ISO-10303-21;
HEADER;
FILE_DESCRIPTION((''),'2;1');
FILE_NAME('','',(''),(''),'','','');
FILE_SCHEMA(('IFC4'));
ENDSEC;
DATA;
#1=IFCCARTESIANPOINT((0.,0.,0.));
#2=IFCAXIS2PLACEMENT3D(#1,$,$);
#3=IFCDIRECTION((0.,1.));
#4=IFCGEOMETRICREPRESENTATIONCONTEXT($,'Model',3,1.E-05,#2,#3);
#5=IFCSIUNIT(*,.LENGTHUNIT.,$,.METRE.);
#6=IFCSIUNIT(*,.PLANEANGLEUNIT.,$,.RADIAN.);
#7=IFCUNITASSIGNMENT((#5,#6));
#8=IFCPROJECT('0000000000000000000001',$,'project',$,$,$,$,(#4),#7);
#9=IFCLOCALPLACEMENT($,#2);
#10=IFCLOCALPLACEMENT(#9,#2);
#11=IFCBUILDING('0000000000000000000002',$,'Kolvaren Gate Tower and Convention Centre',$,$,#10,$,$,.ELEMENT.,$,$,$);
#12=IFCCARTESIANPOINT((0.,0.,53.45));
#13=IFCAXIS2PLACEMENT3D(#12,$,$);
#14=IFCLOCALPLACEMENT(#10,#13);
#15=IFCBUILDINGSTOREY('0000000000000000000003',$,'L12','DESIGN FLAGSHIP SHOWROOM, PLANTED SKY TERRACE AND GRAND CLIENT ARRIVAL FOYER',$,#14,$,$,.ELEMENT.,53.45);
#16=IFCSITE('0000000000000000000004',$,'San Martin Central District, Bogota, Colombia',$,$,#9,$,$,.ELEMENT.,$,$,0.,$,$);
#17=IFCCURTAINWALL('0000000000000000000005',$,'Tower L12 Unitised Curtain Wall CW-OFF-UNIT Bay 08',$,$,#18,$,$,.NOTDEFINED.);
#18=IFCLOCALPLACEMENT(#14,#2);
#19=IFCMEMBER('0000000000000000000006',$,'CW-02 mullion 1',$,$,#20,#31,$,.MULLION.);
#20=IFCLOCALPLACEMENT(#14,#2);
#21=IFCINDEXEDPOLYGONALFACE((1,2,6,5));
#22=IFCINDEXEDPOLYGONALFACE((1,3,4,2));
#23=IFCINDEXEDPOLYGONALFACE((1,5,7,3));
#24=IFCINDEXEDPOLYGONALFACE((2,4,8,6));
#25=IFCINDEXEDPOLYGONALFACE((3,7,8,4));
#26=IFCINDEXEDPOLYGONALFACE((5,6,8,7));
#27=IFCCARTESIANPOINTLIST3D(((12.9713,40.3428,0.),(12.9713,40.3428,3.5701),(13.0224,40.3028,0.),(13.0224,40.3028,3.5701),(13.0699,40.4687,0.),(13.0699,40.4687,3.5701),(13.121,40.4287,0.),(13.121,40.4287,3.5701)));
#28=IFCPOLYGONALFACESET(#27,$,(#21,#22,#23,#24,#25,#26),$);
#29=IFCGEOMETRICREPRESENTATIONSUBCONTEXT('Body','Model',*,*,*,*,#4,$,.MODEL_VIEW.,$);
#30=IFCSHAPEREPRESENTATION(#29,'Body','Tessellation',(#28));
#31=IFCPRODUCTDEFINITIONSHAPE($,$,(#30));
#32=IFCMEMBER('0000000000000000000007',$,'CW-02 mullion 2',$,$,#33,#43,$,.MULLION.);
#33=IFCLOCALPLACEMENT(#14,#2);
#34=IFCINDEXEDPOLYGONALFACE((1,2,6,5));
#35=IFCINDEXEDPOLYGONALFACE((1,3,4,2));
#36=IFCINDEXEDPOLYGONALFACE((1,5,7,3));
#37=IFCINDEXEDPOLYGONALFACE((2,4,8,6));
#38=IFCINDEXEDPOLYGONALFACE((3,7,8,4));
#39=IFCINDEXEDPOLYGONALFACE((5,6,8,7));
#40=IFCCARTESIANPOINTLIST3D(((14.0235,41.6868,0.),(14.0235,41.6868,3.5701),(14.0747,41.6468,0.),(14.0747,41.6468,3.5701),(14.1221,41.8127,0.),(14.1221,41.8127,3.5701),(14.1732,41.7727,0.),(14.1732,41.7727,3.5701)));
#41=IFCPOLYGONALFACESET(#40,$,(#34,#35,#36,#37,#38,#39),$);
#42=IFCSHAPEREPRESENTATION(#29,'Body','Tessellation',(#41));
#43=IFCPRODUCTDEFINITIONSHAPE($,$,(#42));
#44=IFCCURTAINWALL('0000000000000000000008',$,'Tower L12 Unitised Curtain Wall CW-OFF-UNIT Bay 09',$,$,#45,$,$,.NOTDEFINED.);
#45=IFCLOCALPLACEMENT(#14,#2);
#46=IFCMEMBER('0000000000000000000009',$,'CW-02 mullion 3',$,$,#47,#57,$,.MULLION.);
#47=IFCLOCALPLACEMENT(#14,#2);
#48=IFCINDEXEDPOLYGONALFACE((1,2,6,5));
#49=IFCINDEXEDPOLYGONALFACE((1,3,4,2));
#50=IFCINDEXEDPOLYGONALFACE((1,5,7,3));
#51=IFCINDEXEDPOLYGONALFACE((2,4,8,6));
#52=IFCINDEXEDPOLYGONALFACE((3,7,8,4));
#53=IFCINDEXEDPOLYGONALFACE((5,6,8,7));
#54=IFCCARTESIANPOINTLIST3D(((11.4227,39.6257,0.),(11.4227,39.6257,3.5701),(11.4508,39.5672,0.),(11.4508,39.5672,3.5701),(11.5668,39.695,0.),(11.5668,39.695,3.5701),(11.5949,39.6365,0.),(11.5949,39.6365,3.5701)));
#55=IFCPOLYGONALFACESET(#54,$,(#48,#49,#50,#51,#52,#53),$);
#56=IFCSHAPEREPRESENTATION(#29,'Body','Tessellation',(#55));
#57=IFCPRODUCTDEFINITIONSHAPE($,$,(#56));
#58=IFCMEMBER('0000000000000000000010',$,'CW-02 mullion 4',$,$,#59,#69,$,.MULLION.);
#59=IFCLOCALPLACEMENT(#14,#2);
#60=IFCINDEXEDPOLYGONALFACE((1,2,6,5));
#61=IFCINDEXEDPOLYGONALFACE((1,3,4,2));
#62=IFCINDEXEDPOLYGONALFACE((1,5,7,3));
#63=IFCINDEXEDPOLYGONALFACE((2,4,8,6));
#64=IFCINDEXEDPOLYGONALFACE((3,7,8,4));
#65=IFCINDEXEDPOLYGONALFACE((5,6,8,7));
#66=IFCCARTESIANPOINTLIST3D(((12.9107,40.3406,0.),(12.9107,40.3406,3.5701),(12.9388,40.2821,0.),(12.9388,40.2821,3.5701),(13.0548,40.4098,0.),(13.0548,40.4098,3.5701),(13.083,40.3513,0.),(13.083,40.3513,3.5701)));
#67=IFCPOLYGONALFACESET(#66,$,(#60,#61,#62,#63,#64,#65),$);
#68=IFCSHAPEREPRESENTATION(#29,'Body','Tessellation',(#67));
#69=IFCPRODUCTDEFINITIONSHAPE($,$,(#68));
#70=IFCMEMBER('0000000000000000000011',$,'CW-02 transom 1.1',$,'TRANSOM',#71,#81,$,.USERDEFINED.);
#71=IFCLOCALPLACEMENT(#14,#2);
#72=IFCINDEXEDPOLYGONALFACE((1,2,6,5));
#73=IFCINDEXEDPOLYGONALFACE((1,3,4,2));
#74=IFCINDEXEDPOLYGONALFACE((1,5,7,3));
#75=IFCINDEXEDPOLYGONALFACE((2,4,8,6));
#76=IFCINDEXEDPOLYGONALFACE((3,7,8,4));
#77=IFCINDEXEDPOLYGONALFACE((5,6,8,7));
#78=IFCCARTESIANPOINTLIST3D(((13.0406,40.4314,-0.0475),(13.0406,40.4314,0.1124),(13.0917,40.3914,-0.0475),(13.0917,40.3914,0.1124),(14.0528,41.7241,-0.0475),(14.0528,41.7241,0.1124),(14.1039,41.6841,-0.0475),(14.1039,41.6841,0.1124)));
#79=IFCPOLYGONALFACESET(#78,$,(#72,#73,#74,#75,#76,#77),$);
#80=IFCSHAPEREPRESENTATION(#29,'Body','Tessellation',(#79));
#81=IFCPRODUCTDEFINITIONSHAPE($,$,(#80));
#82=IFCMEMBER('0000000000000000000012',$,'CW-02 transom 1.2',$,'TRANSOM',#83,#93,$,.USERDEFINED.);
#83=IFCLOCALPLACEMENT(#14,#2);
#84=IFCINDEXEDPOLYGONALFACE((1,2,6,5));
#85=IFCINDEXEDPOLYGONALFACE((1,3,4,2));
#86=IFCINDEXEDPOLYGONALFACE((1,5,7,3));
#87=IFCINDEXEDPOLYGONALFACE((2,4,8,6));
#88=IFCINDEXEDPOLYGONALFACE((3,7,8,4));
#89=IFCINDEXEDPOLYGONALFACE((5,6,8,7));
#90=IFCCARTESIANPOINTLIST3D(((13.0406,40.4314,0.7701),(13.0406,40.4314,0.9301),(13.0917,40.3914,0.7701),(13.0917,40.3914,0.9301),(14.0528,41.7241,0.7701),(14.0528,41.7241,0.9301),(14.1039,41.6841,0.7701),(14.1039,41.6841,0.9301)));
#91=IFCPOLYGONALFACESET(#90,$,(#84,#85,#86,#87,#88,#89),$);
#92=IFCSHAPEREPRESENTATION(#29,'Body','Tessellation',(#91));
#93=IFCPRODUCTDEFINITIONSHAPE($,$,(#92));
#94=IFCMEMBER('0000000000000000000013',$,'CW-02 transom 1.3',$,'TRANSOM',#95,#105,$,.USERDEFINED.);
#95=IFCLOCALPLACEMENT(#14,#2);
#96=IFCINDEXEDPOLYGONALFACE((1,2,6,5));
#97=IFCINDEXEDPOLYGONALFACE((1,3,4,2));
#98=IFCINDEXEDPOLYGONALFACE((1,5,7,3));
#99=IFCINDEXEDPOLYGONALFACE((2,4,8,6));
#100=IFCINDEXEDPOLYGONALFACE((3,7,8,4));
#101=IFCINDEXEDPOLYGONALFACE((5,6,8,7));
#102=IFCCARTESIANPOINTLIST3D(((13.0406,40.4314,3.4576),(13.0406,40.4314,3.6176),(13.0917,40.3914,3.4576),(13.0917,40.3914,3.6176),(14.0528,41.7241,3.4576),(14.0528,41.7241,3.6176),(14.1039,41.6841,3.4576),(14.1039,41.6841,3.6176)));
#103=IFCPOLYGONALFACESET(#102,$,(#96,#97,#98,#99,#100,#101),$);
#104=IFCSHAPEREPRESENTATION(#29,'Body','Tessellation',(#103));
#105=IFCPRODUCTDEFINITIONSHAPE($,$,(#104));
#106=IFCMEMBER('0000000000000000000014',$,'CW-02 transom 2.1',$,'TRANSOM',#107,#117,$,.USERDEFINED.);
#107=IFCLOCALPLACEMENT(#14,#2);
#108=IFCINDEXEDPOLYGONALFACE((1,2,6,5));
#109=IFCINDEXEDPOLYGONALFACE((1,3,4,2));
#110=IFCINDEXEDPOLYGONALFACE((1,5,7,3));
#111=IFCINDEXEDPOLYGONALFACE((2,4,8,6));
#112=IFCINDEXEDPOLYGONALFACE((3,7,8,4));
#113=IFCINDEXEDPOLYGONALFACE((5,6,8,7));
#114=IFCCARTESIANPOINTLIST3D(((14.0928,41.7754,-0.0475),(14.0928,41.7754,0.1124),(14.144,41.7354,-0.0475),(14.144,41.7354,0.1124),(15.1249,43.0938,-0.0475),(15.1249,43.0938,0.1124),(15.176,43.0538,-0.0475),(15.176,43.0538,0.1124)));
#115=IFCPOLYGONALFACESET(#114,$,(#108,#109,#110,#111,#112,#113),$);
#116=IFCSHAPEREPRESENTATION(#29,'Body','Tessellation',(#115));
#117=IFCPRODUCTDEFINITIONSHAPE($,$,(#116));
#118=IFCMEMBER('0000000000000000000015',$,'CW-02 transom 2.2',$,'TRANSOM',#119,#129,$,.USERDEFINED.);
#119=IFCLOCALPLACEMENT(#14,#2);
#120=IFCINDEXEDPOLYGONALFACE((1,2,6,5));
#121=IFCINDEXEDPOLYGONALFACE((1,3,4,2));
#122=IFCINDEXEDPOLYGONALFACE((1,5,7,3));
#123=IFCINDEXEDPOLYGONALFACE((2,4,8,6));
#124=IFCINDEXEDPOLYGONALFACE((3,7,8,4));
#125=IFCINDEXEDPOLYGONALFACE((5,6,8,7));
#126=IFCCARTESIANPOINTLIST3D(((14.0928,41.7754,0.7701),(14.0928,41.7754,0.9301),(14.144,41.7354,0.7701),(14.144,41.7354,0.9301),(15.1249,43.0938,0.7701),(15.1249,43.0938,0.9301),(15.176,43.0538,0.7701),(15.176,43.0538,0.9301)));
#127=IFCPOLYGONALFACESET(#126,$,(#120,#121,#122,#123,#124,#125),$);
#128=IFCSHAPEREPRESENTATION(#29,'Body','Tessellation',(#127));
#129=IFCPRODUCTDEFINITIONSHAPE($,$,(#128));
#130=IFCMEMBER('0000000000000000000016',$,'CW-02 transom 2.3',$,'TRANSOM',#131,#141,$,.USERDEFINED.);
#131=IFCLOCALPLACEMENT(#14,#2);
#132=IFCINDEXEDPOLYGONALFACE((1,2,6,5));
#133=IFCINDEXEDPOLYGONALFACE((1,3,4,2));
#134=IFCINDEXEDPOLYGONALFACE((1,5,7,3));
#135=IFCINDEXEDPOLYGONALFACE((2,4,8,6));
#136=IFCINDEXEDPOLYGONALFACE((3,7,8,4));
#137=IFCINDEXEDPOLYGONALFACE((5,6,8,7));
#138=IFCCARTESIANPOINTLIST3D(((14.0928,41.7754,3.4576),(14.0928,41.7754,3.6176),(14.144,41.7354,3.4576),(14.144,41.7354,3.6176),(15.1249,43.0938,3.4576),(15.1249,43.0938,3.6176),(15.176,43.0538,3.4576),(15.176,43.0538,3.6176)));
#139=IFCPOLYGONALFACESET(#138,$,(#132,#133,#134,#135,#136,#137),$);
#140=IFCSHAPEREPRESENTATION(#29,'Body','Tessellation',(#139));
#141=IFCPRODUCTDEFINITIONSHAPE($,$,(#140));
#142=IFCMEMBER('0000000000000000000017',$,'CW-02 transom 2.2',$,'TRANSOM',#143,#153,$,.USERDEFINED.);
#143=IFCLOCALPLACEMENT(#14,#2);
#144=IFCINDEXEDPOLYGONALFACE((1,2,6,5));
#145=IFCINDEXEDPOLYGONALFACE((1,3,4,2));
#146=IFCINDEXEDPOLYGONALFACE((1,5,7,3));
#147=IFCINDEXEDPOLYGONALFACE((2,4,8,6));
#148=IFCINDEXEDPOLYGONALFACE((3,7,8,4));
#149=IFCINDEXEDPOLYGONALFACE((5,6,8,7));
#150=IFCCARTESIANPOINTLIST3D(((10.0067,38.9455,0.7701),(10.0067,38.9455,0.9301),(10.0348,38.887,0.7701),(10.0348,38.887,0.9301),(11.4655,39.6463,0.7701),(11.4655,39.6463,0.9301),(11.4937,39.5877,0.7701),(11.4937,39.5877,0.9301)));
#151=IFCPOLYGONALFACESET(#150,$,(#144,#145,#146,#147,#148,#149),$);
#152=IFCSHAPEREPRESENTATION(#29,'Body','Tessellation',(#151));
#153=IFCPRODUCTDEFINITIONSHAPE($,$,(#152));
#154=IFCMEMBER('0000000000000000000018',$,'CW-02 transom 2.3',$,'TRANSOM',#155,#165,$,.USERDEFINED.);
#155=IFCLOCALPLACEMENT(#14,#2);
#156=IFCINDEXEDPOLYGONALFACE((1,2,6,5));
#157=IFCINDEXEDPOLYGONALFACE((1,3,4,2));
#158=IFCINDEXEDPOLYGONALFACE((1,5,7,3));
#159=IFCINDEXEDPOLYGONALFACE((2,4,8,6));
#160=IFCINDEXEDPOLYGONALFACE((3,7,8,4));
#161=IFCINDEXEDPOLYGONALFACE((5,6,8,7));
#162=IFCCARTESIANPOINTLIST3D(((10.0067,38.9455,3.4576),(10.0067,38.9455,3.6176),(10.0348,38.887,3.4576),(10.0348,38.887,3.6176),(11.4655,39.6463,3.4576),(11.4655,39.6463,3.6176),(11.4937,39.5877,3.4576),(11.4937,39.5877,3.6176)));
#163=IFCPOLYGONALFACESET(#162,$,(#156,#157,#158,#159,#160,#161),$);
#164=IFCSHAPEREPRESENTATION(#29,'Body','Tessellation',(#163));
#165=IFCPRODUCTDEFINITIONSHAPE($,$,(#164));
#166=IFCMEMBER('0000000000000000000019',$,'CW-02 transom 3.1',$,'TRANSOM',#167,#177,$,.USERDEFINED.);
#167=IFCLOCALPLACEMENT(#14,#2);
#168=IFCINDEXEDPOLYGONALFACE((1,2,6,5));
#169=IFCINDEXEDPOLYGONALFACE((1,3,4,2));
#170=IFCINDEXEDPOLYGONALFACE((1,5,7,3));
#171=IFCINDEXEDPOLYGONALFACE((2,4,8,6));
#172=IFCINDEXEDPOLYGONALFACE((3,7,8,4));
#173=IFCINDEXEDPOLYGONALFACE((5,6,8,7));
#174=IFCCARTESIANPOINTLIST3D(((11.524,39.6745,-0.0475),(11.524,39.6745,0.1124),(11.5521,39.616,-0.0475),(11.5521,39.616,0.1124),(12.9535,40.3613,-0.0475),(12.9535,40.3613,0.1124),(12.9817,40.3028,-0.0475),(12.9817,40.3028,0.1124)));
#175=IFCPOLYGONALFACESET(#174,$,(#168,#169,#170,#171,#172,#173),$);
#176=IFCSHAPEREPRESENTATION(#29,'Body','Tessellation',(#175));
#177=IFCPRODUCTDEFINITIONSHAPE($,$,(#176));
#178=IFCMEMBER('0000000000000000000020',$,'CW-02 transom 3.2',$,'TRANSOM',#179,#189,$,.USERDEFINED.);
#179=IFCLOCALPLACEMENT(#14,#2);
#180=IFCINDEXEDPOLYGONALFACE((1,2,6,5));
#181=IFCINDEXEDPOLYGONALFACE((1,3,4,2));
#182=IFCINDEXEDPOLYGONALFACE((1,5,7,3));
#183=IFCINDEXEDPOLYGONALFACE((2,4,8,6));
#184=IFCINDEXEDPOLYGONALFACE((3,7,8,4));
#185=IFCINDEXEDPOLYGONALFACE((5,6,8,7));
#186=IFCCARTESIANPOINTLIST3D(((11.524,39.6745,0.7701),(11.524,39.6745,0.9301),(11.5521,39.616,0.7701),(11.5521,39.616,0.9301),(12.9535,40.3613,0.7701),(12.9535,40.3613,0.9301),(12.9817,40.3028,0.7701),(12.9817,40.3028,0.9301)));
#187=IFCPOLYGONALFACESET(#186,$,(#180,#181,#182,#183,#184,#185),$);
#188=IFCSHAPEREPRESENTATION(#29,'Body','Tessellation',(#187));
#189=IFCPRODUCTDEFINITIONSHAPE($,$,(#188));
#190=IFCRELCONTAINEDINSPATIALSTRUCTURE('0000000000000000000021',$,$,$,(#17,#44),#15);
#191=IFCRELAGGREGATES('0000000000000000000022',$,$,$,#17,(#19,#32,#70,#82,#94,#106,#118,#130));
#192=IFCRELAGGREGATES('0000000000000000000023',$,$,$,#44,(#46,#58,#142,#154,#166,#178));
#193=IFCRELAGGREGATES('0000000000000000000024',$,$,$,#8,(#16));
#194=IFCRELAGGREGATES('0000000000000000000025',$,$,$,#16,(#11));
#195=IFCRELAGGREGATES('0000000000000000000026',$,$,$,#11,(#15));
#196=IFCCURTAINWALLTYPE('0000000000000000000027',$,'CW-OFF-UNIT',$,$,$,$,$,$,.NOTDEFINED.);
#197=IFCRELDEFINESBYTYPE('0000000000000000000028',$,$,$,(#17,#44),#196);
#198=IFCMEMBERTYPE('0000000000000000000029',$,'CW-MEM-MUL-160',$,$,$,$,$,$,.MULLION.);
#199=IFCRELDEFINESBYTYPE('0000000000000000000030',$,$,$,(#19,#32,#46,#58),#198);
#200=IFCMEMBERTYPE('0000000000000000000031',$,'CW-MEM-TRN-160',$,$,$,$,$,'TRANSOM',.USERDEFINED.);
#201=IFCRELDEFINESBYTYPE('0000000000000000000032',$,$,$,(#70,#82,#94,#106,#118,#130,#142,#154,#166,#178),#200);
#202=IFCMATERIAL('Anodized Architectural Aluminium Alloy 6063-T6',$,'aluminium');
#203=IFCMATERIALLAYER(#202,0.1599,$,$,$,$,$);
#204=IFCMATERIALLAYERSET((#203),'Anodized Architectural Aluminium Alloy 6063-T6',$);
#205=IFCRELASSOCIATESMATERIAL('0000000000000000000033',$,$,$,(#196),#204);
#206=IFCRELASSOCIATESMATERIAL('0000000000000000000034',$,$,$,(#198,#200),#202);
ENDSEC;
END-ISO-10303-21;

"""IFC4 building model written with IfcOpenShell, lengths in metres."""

from ifc_helpers import new_model, si_unit, direction, frame, origin, origin_2d, place, context, subcontext, project, spatial, rectangle, extrude, material, layer, layer_set, material_profile, profile_set, type_object, element, aggregate, save


model = new_model("IFC4")

# Units and contexts
model_context = context("Model", 3, precision=1e-05, world=origin(), true_north=direction((0.0, 1.0)))
body_context = subcontext(model_context, "Body", "Model", "MODEL_VIEW")
ifc_project = project(units=[si_unit("LENGTHUNIT", "METRE"), si_unit("PLANEANGLEUNIT", "RADIAN")], contexts=[model_context])

# Site, building, storey
site_placement = place(None, origin())
site = spatial("IfcSite", under=ifc_project, at=site_placement, Name="San Martin Central District, Bogota, Colombia", CompositionType="ELEMENT", RefElevation=0.0)
building_placement = place(site_placement, origin())
building = spatial("IfcBuilding", under=site, at=building_placement, Name="Kolvaren Gate Tower and Convention Centre", CompositionType="ELEMENT")
storey_placement = place(building_placement, frame((0.0, 0.0, 53.45)))
storey = spatial("IfcBuildingStorey", under=building, at=storey_placement, Name="L12", Description="DESIGN FLAGSHIP SHOWROOM, PLANTED SKY TERRACE AND GRAND CLIENT ARRIVAL FOYER", CompositionType="ELEMENT", Elevation=53.45)

# Curtain walls, members
ifc_material_1 = material(Name="Anodized Architectural Aluminium Alloy 6063-T6", Category="aluminium")
ifc_layer_1 = layer(ifc_material_1, 0.1599)
ifc_layer_set_1 = layer_set([ifc_layer_1], Name="Anodized Architectural Aluminium Alloy 6063-T6")
curtain_wall_type = type_object("IfcCurtainWallType", Name="CW-OFF-UNIT", PredefinedType="NOTDEFINED", material=ifc_layer_set_1)
curtain_wall_1_placement = place(storey_placement, origin())
curtain_wall_1 = element("IfcCurtainWall", 1, at=curtain_wall_1_placement, inside=storey, type_object=curtain_wall_type, Name="Tower L12 Unitised Curtain Wall CW-OFF-UNIT Bay 08", PredefinedType="NOTDEFINED")
ifc_material_profile_1 = material_profile(ifc_material_1, rectangle(XDim=0.0649, YDim=0.1599, at=origin_2d()), Name="CW-MEM-MUL-160")
ifc_profile_set_1 = profile_set([ifc_material_profile_1], Name="Anodized Architectural Aluminium Alloy 6063-T6")
member_type_1 = type_object("IfcMemberType", Name="CW-MEM-MUL-160", PredefinedType="MULLION", material=ifc_profile_set_1)
member_1_placement = place(storey_placement, frame((13.0461, 40.3857, 0.0), z_axis=(0.0, 0.0, 1.0), x_axis=(-0.787403, 0.616438, 0.0)))
member_1 = element("IfcMember", 2, at=member_1_placement, type_object=member_type_1, Name="CW-02 mullion 1", PredefinedType="MULLION", context=body_context, shape_type="SweptSolid", body=[
    extrude(rectangle(XDim=0.0649, YDim=0.1599, at=origin_2d()), origin(), (0.0, 0.0, 1.0), 3.5701),
])
member_2_placement = place(storey_placement, frame((14.0984, 41.7297, 0.0), z_axis=(0.0, 0.0, 1.0), x_axis=(-0.787403, 0.616438, 0.0)))
member_2 = element("IfcMember", 3, at=member_2_placement, type_object=member_type_1, Name="CW-02 mullion 2", PredefinedType="MULLION", context=body_context, shape_type="SweptSolid", body=[
    extrude(rectangle(XDim=0.0649, YDim=0.1599, at=origin_2d()), origin(), (0.0, 0.0, 1.0), 3.5701),
])
curtain_wall_2_placement = place(storey_placement, origin())
curtain_wall_2 = element("IfcCurtainWall", 4, at=curtain_wall_2_placement, inside=storey, type_object=curtain_wall_type, Name="Tower L12 Unitised Curtain Wall CW-OFF-UNIT Bay 09", PredefinedType="NOTDEFINED")
member_3_placement = place(storey_placement, frame((11.5088, 39.6311, 0.0), z_axis=(0.0, 0.0, 1.0), x_axis=(-0.433075, 0.901358, 0.0)))
member_3 = element("IfcMember", 5, at=member_3_placement, type_object=member_type_1, Name="CW-02 mullion 3", PredefinedType="MULLION", context=body_context, shape_type="SweptSolid", body=[
    extrude(rectangle(XDim=0.0649, YDim=0.1599, at=origin_2d()), origin(), (0.0, 0.0, 1.0), 3.5701),
])
member_4_placement = place(storey_placement, frame((12.9968, 40.3459, 0.0), z_axis=(0.0, 0.0, 1.0), x_axis=(-0.433075, 0.901358, 0.0)))
member_4 = element("IfcMember", 6, at=member_4_placement, type_object=member_type_1, Name="CW-02 mullion 4", PredefinedType="MULLION", context=body_context, shape_type="SweptSolid", body=[
    extrude(rectangle(XDim=0.0649, YDim=0.1599, at=origin_2d()), origin(), (0.0, 0.0, 1.0), 3.5701),
])

# Members
ifc_material_profile_2 = material_profile(ifc_material_1, rectangle(XDim=0.0649, YDim=0.1599, at=origin_2d()), Name="CW-MEM-TRN-160")
ifc_profile_set_2 = profile_set([ifc_material_profile_2], Name="Anodized Architectural Aluminium Alloy 6063-T6")
member_type_2 = type_object("IfcMemberType", Name="CW-MEM-TRN-160", ElementType="TRANSOM", PredefinedType="USERDEFINED", material=ifc_profile_set_2)
member_5_placement = place(storey_placement, frame((13.0662, 40.4114, 0.0325), z_axis=(0.616501, 0.787354, 0.0), x_axis=(-0.787354, 0.616501, 0.0)))
member_5 = element("IfcMember", 7, at=member_5_placement, type_object=member_type_2, Name="CW-02 transom 1.1", ObjectType="TRANSOM", PredefinedType="USERDEFINED", context=body_context, shape_type="SweptSolid", body=[
    extrude(rectangle(XDim=0.0649, YDim=0.1599, at=origin_2d()), origin(), (0.0, 0.0, 1.0), 1.6418),
])
member_6_placement = place(storey_placement, frame((13.0662, 40.4114, 0.8501), z_axis=(0.616501, 0.787354, 0.0), x_axis=(-0.787354, 0.616501, 0.0)))
member_6 = element("IfcMember", 8, at=member_6_placement, type_object=member_type_2, Name="CW-02 transom 1.2", ObjectType="TRANSOM", PredefinedType="USERDEFINED", context=body_context, shape_type="SweptSolid", body=[
    extrude(rectangle(XDim=0.0649, YDim=0.1599, at=origin_2d()), origin(), (0.0, 0.0, 1.0), 1.6418),
])
member_7_placement = place(storey_placement, frame((13.0662, 40.4114, 3.5376), z_axis=(0.616501, 0.787354, 0.0), x_axis=(-0.787354, 0.616501, 0.0)))
member_7 = element("IfcMember", 9, at=member_7_placement, type_object=member_type_2, Name="CW-02 transom 1.3", ObjectType="TRANSOM", PredefinedType="USERDEFINED", context=body_context, shape_type="SweptSolid", body=[
    extrude(rectangle(XDim=0.0649, YDim=0.1599, at=origin_2d()), origin(), (0.0, 0.0, 1.0), 1.6418),
])
member_8_placement = place(storey_placement, frame((14.1184, 41.7554, 0.0325), z_axis=(0.616391, 0.78744, 0.0), x_axis=(-0.78744, 0.616391, 0.0)))
member_8 = element("IfcMember", 10, at=member_8_placement, type_object=member_type_2, Name="CW-02 transom 2.1", ObjectType="TRANSOM", PredefinedType="USERDEFINED", context=body_context, shape_type="SweptSolid", body=[
    extrude(rectangle(XDim=0.0649, YDim=0.1599, at=origin_2d()), origin(), (0.0, 0.0, 1.0), 1.6743),
])
member_9_placement = place(storey_placement, frame((14.1184, 41.7554, 0.8501), z_axis=(0.616391, 0.78744, 0.0), x_axis=(-0.78744, 0.616391, 0.0)))
member_9 = element("IfcMember", 11, at=member_9_placement, type_object=member_type_2, Name="CW-02 transom 2.2", ObjectType="TRANSOM", PredefinedType="USERDEFINED", context=body_context, shape_type="SweptSolid", body=[
    extrude(rectangle(XDim=0.0649, YDim=0.1599, at=origin_2d()), origin(), (0.0, 0.0, 1.0), 1.6743),
])
member_10_placement = place(storey_placement, frame((14.1184, 41.7554, 3.5376), z_axis=(0.616391, 0.78744, 0.0), x_axis=(-0.78744, 0.616391, 0.0)))
member_10 = element("IfcMember", 12, at=member_10_placement, type_object=member_type_2, Name="CW-02 transom 2.3", ObjectType="TRANSOM", PredefinedType="USERDEFINED", context=body_context, shape_type="SweptSolid", body=[
    extrude(rectangle(XDim=0.0649, YDim=0.1599, at=origin_2d()), origin(), (0.0, 0.0, 1.0), 1.6743),
])
member_11_placement = place(storey_placement, frame((10.0208, 38.9163, 0.8501), z_axis=(0.901405, 0.432976, 0.0), x_axis=(-0.432976, 0.901405, 0.0)))
member_11 = element("IfcMember", 13, at=member_11_placement, type_object=member_type_2, Name="CW-02 transom 2.2", ObjectType="TRANSOM", PredefinedType="USERDEFINED", context=body_context, shape_type="SweptSolid", body=[
    extrude(rectangle(XDim=0.0649, YDim=0.1599, at=origin_2d()), origin(), (0.0, 0.0, 1.0), 1.6184),
])
member_12_placement = place(storey_placement, frame((10.0208, 38.9163, 3.5376), z_axis=(0.901405, 0.432976, 0.0), x_axis=(-0.432976, 0.901405, 0.0)))
member_12 = element("IfcMember", 14, at=member_12_placement, type_object=member_type_2, Name="CW-02 transom 2.3", ObjectType="TRANSOM", PredefinedType="USERDEFINED", context=body_context, shape_type="SweptSolid", body=[
    extrude(rectangle(XDim=0.0649, YDim=0.1599, at=origin_2d()), origin(), (0.0, 0.0, 1.0), 1.6184),
])
member_13_placement = place(storey_placement, frame((11.5381, 39.6453, 0.0325), z_axis=(0.901367, 0.433056, 0.0), x_axis=(-0.433056, 0.901367, 0.0)))
member_13 = element("IfcMember", 15, at=member_13_placement, type_object=member_type_2, Name="CW-02 transom 3.1", ObjectType="TRANSOM", PredefinedType="USERDEFINED", context=body_context, shape_type="SweptSolid", body=[
    extrude(rectangle(XDim=0.0649, YDim=0.1599, at=origin_2d()), origin(), (0.0, 0.0, 1.0), 1.5859),
])
member_14_placement = place(storey_placement, frame((11.5381, 39.6453, 0.8501), z_axis=(0.901367, 0.433056, 0.0), x_axis=(-0.433056, 0.901367, 0.0)))
member_14 = element("IfcMember", 16, at=member_14_placement, type_object=member_type_2, Name="CW-02 transom 3.2", ObjectType="TRANSOM", PredefinedType="USERDEFINED", context=body_context, shape_type="SweptSolid", body=[
    extrude(rectangle(XDim=0.0649, YDim=0.1599, at=origin_2d()), origin(), (0.0, 0.0, 1.0), 1.5859),
])

aggregate(curtain_wall_1, [member_1, member_2, member_5, member_6, member_7, member_8, member_9, member_10])
aggregate(curtain_wall_2, [member_3, member_4, member_11, member_12, member_13, member_14])

save(model, "model.ifc")
